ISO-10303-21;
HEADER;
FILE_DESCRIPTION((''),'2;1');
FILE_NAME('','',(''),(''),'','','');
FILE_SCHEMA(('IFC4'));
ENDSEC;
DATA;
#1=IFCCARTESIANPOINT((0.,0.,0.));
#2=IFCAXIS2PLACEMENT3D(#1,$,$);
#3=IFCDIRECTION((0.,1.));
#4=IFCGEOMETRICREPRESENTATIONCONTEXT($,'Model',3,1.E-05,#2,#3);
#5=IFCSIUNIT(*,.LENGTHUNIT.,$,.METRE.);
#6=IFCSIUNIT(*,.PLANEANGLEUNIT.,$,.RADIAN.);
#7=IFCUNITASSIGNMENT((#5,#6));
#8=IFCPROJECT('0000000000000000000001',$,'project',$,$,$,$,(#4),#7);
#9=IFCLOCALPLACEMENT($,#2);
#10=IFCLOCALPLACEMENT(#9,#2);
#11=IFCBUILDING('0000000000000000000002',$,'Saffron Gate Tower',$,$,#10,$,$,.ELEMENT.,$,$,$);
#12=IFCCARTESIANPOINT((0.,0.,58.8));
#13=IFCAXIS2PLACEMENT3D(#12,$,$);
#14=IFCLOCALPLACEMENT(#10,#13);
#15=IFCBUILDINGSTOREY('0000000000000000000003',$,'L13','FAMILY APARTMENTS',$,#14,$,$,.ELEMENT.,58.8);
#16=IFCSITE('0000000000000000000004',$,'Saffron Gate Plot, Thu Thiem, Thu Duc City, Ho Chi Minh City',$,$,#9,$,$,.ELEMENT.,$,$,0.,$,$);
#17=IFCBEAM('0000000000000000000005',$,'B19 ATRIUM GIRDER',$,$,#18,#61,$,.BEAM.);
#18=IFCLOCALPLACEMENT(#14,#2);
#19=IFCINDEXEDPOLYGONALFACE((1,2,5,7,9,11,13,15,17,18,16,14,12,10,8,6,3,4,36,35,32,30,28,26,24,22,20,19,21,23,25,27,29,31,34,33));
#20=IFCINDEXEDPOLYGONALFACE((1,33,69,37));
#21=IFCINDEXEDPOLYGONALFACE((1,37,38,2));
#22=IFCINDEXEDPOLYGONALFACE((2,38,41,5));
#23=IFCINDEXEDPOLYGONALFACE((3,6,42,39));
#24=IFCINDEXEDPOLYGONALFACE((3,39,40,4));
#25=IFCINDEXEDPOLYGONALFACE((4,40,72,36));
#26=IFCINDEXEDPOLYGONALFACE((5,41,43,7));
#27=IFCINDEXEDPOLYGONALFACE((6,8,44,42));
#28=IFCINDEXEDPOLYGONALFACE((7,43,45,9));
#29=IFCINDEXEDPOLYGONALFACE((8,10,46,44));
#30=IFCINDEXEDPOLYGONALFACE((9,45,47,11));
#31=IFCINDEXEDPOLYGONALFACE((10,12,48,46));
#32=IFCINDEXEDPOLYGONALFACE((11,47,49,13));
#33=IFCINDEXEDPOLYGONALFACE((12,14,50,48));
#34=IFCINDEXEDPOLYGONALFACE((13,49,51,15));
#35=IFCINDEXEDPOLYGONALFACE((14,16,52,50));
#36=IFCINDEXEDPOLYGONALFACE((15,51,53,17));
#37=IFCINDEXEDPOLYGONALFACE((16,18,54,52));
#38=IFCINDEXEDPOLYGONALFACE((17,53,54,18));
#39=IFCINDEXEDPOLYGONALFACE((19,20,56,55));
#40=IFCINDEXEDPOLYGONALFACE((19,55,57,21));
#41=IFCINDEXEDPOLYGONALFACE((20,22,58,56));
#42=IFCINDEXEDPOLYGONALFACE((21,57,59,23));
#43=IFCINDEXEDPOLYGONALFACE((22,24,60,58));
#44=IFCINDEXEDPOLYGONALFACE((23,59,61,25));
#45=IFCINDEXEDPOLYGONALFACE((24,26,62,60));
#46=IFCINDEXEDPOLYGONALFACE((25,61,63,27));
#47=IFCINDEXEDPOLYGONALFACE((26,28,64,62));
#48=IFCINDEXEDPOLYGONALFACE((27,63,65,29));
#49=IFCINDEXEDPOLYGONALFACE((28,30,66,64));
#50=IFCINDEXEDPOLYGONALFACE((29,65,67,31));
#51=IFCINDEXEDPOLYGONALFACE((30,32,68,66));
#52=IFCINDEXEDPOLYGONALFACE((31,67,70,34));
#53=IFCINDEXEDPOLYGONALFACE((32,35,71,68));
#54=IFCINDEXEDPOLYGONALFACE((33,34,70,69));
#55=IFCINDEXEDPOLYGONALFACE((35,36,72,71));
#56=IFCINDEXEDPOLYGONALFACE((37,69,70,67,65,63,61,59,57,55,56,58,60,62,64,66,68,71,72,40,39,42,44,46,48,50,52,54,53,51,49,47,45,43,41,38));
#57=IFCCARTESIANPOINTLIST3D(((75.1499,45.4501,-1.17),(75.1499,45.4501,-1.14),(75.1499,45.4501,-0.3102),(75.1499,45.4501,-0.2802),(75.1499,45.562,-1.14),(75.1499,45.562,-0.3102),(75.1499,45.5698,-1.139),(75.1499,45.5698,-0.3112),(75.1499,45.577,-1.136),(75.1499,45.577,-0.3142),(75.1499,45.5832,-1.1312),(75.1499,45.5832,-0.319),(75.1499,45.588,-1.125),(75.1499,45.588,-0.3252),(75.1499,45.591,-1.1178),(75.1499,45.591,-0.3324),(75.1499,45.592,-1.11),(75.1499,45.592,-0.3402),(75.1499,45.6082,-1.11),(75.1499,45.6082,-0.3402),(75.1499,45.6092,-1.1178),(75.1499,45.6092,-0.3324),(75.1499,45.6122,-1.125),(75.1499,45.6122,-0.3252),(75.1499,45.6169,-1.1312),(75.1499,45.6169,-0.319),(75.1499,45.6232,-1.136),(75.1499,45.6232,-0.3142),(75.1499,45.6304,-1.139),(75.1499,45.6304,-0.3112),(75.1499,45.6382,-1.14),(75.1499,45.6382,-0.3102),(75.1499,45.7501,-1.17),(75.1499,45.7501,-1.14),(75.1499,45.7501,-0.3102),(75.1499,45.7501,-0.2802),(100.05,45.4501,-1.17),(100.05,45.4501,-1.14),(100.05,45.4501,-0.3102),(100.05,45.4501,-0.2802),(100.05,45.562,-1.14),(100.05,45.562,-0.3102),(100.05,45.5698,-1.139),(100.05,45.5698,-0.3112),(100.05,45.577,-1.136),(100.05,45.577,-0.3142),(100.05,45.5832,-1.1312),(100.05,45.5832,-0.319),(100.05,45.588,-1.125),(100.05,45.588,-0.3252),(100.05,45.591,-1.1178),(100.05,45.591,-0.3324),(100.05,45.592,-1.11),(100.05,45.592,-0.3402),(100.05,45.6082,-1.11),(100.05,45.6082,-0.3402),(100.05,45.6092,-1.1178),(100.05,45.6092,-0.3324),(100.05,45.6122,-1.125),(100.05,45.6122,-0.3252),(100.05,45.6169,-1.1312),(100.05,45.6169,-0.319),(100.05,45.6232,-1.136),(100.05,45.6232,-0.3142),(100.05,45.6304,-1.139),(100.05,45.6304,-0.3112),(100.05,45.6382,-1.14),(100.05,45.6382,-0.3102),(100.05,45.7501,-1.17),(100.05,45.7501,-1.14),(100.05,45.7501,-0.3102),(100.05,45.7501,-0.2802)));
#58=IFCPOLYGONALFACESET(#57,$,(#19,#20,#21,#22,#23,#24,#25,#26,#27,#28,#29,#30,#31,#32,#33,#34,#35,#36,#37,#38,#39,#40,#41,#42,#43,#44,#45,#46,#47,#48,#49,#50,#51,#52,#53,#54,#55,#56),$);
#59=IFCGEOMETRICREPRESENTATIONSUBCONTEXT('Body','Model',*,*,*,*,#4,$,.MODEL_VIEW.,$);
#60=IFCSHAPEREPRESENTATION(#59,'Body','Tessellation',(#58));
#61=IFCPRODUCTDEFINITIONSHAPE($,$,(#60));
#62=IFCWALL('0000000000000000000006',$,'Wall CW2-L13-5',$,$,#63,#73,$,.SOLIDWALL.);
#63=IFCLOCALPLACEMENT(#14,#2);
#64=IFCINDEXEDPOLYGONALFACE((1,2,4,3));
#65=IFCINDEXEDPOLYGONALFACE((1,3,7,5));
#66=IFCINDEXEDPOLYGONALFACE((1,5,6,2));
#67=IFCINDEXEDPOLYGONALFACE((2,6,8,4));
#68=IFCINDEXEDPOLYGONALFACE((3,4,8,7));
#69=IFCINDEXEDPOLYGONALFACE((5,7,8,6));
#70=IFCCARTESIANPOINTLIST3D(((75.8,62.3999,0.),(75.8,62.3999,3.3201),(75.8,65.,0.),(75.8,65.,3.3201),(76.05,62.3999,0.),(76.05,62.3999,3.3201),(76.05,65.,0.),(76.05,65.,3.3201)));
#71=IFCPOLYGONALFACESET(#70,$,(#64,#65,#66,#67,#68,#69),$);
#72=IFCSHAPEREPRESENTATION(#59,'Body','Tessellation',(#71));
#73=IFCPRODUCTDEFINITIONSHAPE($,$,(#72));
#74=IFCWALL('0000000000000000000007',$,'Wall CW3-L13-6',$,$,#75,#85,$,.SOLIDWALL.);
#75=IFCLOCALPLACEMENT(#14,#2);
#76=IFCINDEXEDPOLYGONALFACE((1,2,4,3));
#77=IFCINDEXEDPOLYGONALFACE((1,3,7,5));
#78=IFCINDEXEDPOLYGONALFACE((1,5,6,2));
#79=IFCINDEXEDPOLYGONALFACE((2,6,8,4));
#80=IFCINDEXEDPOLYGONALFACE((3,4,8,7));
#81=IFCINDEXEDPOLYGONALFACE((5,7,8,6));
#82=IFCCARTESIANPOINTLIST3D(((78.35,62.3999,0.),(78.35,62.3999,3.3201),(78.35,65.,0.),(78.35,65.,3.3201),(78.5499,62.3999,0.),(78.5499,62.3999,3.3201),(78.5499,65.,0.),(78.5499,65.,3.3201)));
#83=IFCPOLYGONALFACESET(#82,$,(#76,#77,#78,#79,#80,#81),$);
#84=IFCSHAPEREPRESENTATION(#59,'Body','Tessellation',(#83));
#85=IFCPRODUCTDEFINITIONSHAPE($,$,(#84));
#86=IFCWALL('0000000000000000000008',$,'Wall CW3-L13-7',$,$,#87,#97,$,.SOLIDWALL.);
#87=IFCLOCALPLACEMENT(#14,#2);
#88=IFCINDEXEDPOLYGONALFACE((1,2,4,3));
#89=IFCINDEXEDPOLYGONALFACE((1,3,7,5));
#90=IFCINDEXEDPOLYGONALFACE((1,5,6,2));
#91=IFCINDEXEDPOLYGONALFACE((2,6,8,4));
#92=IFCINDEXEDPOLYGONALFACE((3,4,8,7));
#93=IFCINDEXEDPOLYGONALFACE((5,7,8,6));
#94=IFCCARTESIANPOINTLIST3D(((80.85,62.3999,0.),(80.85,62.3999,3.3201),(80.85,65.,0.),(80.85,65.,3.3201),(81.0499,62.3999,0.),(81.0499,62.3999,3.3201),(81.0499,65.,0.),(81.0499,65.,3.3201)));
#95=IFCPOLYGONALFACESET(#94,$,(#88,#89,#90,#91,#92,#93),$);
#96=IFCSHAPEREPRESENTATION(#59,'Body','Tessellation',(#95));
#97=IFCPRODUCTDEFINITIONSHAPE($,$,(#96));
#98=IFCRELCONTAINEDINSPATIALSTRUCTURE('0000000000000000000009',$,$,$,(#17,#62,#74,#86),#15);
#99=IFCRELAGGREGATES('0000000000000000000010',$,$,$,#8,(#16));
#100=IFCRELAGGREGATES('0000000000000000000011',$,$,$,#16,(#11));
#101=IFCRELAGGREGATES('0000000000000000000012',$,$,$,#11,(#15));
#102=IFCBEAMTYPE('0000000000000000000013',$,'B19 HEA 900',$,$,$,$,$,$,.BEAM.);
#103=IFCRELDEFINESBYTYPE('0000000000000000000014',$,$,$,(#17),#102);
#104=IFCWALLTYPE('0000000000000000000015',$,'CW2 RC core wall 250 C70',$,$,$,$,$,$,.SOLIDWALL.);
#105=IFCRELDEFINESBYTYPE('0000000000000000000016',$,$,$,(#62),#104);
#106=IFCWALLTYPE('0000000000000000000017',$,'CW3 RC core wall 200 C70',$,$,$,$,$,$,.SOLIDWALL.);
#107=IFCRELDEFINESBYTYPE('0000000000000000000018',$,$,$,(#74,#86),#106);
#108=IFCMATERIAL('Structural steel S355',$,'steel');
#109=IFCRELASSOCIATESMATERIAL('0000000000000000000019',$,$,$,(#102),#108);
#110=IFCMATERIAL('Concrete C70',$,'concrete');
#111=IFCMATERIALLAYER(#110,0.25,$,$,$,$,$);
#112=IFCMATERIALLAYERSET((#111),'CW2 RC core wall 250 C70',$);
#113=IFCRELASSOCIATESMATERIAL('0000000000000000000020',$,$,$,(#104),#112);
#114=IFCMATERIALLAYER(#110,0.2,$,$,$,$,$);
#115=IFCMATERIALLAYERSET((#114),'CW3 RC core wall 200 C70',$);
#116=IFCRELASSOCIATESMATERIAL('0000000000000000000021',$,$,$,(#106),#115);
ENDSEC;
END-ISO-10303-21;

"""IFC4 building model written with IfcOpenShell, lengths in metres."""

from ifc_helpers import new_model, si_unit, direction, frame, frame_2d, origin, origin_2d, place, context, subcontext, project, spatial, rectangle, i_section, extrude, material, layer, layer_set, material_profile, profile_set, type_object, element, save


model = new_model("IFC4")

# Units and contexts
model_context = context("Model", 3, precision=1e-05, world=origin(), true_north=direction((0.0, 1.0)))
body_context = subcontext(model_context, "Body", "Model", "MODEL_VIEW")
ifc_project = project(units=[si_unit("LENGTHUNIT", "METRE"), si_unit("PLANEANGLEUNIT", "RADIAN")], contexts=[model_context])

# Site, building, storey
site_placement = place(None, origin())
site = spatial("IfcSite", under=ifc_project, at=site_placement, Name="Saffron Gate Plot, Thu Thiem, Thu Duc City, Ho Chi Minh City", CompositionType="ELEMENT", RefElevation=0.0)
building_placement = place(site_placement, origin())
building = spatial("IfcBuilding", under=site, at=building_placement, Name="Saffron Gate Tower", CompositionType="ELEMENT")
storey_placement = place(building_placement, frame((0.0, 0.0, 58.8)))
storey = spatial("IfcBuildingStorey", under=building, at=storey_placement, Name="L13", Description="FAMILY APARTMENTS", CompositionType="ELEMENT", Elevation=58.8)

# Beam
ifc_material_1 = material(Name="Structural steel S355", Category="steel")
ifc_material_profile = material_profile(ifc_material_1, i_section(OverallWidth=0.3, OverallDepth=0.8899, WebThickness=0.0161, FlangeThickness=0.03, FilletRadius=0.03, at=origin_2d()))
ifc_profile_set = profile_set([ifc_material_profile], Name="Structural steel S355")
beam_type = type_object("IfcBeamType", Name="B19 HEA 900", PredefinedType="BEAM", material=ifc_profile_set)
beam_placement = place(storey_placement, frame((75.1499, 45.6001, -0.7251), z_axis=(1.0, 0.0, 0.0), x_axis=(0.0, 1.0, 0.0)))
element("IfcBeam", 1, at=beam_placement, inside=storey, type_object=beam_type, Name="B19 ATRIUM GIRDER", PredefinedType="BEAM", context=body_context, shape_type="SweptSolid", body=[
    extrude(i_section(OverallWidth=0.3, OverallDepth=0.8899, WebThickness=0.0161, FlangeThickness=0.03, FilletRadius=0.03, at=origin_2d()), origin(), (0.0, 0.0, 1.0), 24.9001),
])

# Walls
ifc_material_2 = material(Name="Concrete C70", Category="concrete")
ifc_layer_1 = layer(ifc_material_2, 0.25)
ifc_layer_set_1 = layer_set([ifc_layer_1], Name="CW2 RC core wall 250 C70")
wall_type_1 = type_object("IfcWallType", Name="CW2 RC core wall 250 C70", PredefinedType="SOLIDWALL", material=ifc_layer_set_1)
wall_1_placement = place(storey_placement, frame((75.925, 62.3999, 0.0), z_axis=(0.0, 0.0, 1.0), x_axis=(0.0, 1.0, 0.0)))
element("IfcWall", 2, at=wall_1_placement, inside=storey, type_object=wall_type_1, Name="Wall CW2-L13-5", PredefinedType="SOLIDWALL", context=body_context, shape_type="SweptSolid", body=[
    extrude(rectangle(XDim=2.6001, YDim=0.25, at=frame_2d((1.3, 0.0))), origin(), (0.0, 0.0, 1.0), 3.3201),
])
ifc_layer_2 = layer(ifc_material_2, 0.2)
ifc_layer_set_2 = layer_set([ifc_layer_2], Name="CW3 RC core wall 200 C70")
wall_type_2 = type_object("IfcWallType", Name="CW3 RC core wall 200 C70", PredefinedType="SOLIDWALL", material=ifc_layer_set_2)
for number, where, z_axis, x_axis, name in (
    (3, (78.45, 62.3999, 0.0), (0.0, 0.0, 1.0), (0.0, 1.0, 0.0), "Wall CW3-L13-6"),
    (4, (80.95, 62.3999, 0.0), (0.0, 0.0, 1.0), (0.0, 1.0, 0.0), "Wall CW3-L13-7"),
):
    element("IfcWall", number, at=place(storey_placement, frame(where, z_axis=z_axis, x_axis=x_axis)), inside=storey, type_object=wall_type_2, Name=name, PredefinedType="SOLIDWALL", context=body_context, shape_type="SweptSolid", body=[
        extrude(rectangle(XDim=2.6001, YDim=0.2, at=frame_2d((1.3, 0.0))), origin(), (0.0, 0.0, 1.0), 3.3201),
    ])

save(model, "model.ifc")
